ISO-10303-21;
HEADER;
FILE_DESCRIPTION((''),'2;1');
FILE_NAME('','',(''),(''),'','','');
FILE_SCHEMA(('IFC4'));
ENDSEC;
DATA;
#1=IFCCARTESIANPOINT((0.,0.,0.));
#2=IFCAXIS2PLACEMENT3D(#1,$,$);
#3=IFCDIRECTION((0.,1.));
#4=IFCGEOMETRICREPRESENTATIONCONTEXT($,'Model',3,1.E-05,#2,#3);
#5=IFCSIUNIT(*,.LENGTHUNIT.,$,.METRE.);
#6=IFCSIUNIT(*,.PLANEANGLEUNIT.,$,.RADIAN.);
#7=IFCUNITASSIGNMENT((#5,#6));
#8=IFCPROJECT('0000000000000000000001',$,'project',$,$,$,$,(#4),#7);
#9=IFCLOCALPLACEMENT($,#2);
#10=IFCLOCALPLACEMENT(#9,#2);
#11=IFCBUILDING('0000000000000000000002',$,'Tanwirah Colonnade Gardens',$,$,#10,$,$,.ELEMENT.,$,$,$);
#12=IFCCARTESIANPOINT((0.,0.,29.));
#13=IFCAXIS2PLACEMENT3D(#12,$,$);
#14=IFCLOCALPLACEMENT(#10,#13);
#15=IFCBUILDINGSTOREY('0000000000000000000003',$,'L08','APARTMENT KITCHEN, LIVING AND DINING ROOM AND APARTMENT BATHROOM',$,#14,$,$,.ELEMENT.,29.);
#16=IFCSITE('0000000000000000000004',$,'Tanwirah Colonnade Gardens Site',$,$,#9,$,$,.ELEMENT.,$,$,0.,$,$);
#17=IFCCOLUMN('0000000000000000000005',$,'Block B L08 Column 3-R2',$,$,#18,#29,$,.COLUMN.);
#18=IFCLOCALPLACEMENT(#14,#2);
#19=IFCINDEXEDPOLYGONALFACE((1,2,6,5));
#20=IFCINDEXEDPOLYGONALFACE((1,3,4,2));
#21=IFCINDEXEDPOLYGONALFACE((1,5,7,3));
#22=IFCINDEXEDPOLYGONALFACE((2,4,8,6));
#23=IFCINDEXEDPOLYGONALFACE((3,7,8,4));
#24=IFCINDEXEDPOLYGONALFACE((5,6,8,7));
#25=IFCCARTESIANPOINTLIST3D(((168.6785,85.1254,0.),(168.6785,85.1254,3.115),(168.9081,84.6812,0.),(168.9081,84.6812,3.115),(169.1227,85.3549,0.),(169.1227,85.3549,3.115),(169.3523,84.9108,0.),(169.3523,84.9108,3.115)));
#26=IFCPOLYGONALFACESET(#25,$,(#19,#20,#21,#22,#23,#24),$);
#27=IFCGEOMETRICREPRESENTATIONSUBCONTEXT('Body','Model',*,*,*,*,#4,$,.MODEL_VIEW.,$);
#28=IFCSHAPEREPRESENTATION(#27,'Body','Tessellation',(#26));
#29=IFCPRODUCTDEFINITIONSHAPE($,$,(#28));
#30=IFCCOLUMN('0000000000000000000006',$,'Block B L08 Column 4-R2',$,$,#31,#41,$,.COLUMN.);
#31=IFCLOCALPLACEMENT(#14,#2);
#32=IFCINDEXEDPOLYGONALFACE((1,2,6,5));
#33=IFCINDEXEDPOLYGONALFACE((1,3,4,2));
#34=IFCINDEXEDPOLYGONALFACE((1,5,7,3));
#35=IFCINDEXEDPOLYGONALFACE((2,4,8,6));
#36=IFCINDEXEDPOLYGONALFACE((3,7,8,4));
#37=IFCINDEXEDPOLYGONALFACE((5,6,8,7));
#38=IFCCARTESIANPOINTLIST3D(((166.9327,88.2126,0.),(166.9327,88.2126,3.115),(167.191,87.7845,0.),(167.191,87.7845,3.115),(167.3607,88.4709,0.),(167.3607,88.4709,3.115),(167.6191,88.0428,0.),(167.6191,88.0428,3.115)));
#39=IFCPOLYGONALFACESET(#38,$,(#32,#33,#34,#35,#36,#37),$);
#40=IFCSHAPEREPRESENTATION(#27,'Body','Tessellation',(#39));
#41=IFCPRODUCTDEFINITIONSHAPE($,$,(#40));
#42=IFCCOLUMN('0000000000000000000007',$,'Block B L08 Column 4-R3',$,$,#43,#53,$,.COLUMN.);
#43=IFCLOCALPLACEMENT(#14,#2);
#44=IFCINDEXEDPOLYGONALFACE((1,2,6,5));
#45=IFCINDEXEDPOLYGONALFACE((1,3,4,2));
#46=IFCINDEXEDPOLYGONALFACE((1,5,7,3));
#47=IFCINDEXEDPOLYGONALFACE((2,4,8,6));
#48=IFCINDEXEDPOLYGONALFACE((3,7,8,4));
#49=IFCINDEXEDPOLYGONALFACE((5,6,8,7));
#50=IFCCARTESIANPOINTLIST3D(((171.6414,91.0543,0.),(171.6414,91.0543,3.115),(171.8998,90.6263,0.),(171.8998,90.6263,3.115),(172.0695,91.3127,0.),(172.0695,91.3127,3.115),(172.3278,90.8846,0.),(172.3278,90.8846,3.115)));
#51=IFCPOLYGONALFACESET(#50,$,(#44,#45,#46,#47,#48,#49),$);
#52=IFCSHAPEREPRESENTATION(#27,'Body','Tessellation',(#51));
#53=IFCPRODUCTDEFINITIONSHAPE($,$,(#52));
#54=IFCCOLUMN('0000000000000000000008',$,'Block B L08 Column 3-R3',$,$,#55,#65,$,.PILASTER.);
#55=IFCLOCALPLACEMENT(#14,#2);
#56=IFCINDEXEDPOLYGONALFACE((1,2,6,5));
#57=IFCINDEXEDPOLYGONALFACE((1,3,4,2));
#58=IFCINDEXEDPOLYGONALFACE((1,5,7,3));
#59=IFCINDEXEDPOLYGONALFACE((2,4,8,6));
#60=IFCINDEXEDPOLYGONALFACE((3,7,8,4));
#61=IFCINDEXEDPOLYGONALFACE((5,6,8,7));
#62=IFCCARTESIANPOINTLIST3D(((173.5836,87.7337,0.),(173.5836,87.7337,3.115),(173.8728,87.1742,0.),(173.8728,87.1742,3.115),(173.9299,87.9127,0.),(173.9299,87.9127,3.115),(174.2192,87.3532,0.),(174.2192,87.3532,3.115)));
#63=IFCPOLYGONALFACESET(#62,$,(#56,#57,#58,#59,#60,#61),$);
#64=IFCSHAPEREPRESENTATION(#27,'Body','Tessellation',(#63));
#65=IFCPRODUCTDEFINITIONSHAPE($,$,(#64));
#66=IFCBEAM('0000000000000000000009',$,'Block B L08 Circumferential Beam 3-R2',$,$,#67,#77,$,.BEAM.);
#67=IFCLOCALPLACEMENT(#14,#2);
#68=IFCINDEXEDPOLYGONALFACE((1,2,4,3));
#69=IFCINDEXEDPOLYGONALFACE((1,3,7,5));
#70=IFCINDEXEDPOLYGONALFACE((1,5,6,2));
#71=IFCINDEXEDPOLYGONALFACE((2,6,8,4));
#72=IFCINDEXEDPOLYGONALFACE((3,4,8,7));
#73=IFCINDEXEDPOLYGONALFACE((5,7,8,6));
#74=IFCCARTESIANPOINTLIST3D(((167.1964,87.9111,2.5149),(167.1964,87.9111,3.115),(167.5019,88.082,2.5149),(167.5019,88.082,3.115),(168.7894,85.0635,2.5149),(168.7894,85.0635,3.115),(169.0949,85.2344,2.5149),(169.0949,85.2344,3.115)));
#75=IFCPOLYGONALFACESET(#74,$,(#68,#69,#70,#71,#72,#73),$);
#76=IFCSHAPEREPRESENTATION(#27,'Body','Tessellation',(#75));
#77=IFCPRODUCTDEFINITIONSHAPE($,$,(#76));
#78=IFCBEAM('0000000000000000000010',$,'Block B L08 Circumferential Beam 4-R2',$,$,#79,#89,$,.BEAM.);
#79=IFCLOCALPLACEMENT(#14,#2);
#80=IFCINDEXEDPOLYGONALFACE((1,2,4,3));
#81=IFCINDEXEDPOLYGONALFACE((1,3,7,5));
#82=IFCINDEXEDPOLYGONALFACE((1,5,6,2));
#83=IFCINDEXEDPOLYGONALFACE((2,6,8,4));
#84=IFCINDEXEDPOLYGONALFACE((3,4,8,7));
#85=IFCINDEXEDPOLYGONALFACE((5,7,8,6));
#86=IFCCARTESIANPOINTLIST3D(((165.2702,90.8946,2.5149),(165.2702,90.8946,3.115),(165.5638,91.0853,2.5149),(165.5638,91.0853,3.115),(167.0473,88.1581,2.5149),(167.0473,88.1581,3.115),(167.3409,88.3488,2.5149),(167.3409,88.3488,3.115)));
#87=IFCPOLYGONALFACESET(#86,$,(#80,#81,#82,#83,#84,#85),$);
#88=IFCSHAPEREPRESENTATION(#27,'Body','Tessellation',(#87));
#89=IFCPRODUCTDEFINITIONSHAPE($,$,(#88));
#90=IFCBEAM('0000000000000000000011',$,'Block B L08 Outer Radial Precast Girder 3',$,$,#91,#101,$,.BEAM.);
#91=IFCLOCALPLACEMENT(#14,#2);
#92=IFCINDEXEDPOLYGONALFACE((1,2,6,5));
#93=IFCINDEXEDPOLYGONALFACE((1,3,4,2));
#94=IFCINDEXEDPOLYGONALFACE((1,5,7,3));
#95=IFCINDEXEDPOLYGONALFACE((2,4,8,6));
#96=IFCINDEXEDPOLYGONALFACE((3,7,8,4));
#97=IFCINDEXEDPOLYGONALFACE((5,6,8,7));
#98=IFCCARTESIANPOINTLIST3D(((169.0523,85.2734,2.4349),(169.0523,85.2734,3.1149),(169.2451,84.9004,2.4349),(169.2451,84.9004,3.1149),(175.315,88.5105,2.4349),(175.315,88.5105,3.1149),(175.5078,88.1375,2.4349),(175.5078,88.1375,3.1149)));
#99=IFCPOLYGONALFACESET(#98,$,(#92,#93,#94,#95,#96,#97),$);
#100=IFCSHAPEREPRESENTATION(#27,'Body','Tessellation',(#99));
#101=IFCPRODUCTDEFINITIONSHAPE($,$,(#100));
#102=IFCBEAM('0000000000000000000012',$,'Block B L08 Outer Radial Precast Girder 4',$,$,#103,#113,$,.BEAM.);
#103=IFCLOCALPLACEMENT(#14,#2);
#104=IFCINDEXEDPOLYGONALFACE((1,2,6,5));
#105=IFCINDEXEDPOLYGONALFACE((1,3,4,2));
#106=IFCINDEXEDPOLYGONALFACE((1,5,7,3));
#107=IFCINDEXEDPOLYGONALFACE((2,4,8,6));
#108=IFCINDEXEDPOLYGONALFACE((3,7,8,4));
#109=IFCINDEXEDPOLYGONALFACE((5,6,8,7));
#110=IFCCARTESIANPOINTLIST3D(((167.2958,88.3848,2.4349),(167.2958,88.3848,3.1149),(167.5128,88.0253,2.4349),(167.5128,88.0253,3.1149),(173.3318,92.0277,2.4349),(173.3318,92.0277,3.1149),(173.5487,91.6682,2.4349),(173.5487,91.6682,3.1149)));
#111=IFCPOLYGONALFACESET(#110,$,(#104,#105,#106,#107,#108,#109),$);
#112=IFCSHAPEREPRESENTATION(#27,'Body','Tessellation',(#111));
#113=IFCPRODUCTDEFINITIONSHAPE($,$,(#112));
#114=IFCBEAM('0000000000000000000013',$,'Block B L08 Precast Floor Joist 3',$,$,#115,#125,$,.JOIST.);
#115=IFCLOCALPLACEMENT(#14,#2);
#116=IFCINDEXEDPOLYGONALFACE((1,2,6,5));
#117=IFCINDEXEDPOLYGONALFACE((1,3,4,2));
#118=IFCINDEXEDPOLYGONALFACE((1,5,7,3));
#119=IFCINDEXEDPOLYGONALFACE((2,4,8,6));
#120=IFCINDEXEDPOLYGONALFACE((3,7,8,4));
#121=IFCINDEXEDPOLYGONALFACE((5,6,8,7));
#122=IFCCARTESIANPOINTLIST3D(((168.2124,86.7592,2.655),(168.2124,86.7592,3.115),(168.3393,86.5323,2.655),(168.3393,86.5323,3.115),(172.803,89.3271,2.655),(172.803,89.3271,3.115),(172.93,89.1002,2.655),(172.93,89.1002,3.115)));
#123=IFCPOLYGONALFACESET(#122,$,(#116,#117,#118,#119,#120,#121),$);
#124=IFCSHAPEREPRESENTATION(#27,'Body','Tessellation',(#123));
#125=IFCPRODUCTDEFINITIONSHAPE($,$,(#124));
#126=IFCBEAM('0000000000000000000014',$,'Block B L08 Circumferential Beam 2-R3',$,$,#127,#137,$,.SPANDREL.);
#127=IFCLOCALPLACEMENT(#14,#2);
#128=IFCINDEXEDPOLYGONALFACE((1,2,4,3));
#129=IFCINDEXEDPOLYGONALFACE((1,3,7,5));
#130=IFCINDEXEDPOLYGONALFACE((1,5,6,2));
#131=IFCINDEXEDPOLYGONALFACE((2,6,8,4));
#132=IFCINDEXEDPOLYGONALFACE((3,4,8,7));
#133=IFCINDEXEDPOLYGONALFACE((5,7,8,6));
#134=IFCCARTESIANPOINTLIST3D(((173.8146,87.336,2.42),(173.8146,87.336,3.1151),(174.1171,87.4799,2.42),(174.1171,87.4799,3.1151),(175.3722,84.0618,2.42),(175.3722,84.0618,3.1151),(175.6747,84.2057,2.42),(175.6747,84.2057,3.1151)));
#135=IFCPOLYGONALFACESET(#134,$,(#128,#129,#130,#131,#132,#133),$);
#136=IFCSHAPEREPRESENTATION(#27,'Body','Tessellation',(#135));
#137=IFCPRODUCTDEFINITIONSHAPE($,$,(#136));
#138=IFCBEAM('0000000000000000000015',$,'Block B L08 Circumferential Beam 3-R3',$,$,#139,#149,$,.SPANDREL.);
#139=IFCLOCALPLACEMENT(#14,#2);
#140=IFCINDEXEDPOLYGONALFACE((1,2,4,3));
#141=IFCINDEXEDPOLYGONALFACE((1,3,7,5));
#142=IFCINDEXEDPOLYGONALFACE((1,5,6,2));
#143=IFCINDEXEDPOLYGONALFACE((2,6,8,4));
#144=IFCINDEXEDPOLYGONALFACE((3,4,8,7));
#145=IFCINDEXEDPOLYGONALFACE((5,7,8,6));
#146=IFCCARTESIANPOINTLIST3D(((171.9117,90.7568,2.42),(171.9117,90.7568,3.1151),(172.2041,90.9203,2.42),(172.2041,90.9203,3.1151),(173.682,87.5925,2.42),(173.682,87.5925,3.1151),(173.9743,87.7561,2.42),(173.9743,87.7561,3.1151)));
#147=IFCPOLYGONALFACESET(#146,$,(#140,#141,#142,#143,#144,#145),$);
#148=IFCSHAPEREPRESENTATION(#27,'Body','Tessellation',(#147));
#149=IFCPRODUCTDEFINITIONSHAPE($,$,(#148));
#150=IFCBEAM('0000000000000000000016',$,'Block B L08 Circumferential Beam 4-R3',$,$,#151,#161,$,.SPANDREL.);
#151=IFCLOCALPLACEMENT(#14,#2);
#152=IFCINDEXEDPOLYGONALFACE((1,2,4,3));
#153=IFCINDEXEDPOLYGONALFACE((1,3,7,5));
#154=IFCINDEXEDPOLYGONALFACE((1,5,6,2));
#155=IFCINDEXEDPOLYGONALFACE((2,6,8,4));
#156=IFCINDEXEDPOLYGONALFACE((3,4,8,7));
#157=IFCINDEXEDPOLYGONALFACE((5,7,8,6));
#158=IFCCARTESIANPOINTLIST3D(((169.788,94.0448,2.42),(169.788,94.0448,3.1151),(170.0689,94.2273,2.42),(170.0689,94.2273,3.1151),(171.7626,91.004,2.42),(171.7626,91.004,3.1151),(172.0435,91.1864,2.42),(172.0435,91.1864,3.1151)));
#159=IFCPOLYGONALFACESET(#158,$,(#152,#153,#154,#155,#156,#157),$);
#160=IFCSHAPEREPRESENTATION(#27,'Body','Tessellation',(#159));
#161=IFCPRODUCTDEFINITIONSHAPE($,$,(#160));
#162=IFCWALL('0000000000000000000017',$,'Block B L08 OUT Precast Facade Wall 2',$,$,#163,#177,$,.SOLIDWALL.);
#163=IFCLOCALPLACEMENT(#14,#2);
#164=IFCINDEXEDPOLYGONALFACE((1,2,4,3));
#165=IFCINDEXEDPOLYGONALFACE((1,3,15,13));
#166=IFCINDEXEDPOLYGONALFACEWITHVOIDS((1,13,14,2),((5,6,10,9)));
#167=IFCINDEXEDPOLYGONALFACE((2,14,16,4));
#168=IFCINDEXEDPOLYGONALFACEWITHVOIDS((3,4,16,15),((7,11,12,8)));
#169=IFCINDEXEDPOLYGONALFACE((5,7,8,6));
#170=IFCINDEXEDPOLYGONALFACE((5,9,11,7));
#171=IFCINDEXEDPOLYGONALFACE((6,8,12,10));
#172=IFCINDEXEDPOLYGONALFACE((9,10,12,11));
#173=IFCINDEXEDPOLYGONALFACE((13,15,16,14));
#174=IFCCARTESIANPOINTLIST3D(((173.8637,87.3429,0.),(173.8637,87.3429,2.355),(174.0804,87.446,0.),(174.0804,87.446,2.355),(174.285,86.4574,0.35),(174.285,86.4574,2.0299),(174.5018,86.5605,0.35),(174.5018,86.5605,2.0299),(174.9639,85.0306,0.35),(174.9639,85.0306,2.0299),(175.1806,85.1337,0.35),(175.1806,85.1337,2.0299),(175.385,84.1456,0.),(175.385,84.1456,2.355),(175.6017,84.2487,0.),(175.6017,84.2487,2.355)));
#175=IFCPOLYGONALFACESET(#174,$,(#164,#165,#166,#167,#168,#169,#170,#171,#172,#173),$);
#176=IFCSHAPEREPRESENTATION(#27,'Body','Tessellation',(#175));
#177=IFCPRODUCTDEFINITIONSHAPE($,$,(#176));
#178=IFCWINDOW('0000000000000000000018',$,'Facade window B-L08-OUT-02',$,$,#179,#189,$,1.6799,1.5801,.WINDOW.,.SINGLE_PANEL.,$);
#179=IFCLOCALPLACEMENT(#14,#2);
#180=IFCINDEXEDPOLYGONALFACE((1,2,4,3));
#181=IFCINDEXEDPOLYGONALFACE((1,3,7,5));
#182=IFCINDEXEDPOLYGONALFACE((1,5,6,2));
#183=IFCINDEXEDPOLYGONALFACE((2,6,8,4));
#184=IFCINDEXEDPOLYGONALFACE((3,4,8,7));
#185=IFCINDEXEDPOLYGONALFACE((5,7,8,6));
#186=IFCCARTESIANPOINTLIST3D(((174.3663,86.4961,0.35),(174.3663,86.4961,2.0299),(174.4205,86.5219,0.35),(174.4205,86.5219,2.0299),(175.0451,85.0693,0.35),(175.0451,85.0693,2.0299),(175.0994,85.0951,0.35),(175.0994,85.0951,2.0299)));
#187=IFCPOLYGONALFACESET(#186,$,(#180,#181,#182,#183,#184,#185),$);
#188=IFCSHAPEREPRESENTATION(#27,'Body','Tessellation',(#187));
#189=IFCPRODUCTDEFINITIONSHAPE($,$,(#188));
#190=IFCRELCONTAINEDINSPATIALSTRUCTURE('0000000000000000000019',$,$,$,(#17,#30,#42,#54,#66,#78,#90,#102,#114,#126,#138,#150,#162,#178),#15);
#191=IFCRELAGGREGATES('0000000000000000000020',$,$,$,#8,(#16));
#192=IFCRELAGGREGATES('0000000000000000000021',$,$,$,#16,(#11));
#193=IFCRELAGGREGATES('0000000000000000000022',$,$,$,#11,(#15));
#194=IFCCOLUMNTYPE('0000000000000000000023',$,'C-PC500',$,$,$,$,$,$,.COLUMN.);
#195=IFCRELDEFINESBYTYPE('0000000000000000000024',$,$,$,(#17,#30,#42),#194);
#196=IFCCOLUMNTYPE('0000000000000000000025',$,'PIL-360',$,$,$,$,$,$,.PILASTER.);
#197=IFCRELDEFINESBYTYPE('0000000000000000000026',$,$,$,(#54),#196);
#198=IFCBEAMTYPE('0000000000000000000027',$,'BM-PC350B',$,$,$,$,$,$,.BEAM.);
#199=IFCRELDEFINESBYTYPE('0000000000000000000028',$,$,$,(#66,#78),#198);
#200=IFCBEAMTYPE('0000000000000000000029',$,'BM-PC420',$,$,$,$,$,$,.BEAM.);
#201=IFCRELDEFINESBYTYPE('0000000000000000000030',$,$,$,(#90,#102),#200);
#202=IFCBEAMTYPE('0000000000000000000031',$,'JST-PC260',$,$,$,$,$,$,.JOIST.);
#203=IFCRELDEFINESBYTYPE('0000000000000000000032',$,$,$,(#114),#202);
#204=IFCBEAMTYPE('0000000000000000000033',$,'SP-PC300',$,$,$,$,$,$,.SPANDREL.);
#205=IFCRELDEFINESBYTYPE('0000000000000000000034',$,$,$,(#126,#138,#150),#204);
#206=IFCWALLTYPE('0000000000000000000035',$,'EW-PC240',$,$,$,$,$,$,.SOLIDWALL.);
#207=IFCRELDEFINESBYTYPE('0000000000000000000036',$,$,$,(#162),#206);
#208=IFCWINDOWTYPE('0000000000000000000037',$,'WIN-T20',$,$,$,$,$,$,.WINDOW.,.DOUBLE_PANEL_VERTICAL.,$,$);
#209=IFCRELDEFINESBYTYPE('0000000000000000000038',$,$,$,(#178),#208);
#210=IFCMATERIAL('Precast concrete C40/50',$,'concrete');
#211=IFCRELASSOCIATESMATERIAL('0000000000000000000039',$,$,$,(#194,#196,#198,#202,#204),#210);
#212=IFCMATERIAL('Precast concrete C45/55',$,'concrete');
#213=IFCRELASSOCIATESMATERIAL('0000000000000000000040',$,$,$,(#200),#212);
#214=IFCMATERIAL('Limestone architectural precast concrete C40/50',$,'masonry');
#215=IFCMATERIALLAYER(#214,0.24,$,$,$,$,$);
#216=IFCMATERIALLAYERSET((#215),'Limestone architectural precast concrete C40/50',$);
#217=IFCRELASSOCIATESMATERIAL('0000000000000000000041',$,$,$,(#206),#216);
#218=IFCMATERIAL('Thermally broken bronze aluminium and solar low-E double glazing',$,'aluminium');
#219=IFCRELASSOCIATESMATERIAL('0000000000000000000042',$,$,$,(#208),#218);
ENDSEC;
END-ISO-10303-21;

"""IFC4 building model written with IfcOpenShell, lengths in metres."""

from ifc_helpers import new_model, si_unit, direction, frame, frame_2d, origin, origin_2d, place, context, subcontext, project, spatial, rectangle, extrude, material, layer, layer_set, material_profile, profile_set, type_object, element, fill, save


model = new_model("IFC4")

# Units and contexts
model_context = context("Model", 3, precision=1e-05, world=origin(), true_north=direction((0.0, 1.0)))
body_context = subcontext(model_context, "Body", "Model", "MODEL_VIEW")
ifc_project = project(units=[si_unit("LENGTHUNIT", "METRE"), si_unit("PLANEANGLEUNIT", "RADIAN")], contexts=[model_context])

# Site, building, storey
site_placement = place(None, origin())
site = spatial("IfcSite", under=ifc_project, at=site_placement, Name="Tanwirah Colonnade Gardens Site", CompositionType="ELEMENT", RefElevation=0.0)
building_placement = place(site_placement, origin())
building = spatial("IfcBuilding", under=site, at=building_placement, Name="Tanwirah Colonnade Gardens", CompositionType="ELEMENT")
storey_placement = place(building_placement, frame((0.0, 0.0, 29.0)))
storey = spatial("IfcBuildingStorey", under=building, at=storey_placement, Name="L08", Description="APARTMENT KITCHEN, LIVING AND DINING ROOM AND APARTMENT BATHROOM", CompositionType="ELEMENT", Elevation=29.0)

# Columns
ifc_material_1 = material(Name="Precast concrete C40/50", Category="concrete")
ifc_material_profile_1 = material_profile(ifc_material_1, rectangle(XDim=0.5, YDim=0.5, at=origin_2d()), Name="PC-COL 500x500")
ifc_profile_set_1 = profile_set([ifc_material_profile_1], Name="Precast concrete C40/50")
column_type_1 = type_object("IfcColumnType", Name="C-PC500", PredefinedType="COLUMN", material=ifc_profile_set_1)
for number, where, z_axis, x_axis, name in (
    (1, (169.0154, 85.0181, 0.0), (0.0, 0.0, 1.0), (0.88835, 0.459166, 0.0), "Block B L08 Column 3-R2"),
    (2, (167.2759, 88.1277, 0.0), (0.0, 0.0, 1.0), (0.856167, 0.516699, 0.0), "Block B L08 Column 4-R2"),
    (3, (171.9846, 90.9695, 0.0), (0.0, 0.0, 1.0), (0.856167, 0.516699, 0.0), "Block B L08 Column 4-R3"),
):
    element("IfcColumn", number, at=place(storey_placement, frame(where, z_axis=z_axis, x_axis=x_axis)), inside=storey, type_object=column_type_1, Name=name, PredefinedType="COLUMN", context=body_context, shape_type="SweptSolid", body=[
        extrude(rectangle(XDim=0.5, YDim=0.5, at=origin_2d()), origin(), (0.0, 0.0, 1.0), 3.115),
    ])
ifc_material_profile_2 = material_profile(ifc_material_1, rectangle(XDim=0.3899, YDim=0.6299, at=origin_2d()), Name="PC-PIL 390x630")
ifc_profile_set_2 = profile_set([ifc_material_profile_2], Name="Precast concrete C40/50")
column_type_2 = type_object("IfcColumnType", Name="PIL-360", PredefinedType="PILASTER", material=ifc_profile_set_2)
column_placement = place(storey_placement, frame((173.9014, 87.5435, 0.0), z_axis=(0.0, 0.0, 1.0), x_axis=(0.88835, 0.459166, 0.0)))
element("IfcColumn", 4, at=column_placement, inside=storey, type_object=column_type_2, Name="Block B L08 Column 3-R3", PredefinedType="PILASTER", context=body_context, shape_type="SweptSolid", body=[
    extrude(rectangle(XDim=0.3899, YDim=0.6299, at=origin_2d()), origin(), (0.0, 0.0, 1.0), 3.115),
])

# Beams
ifc_material_profile_3 = material_profile(ifc_material_1, rectangle(XDim=0.3501, YDim=0.6001, at=origin_2d()), Name="PC-BM 350x600")
ifc_profile_set_3 = profile_set([ifc_material_profile_3], Name="Precast concrete C40/50")
beam_type_1 = type_object("IfcBeamType", Name="BM-PC350B", PredefinedType="BEAM", material=ifc_profile_set_3)
for number, where, z_axis, x_axis, name in (
    (5, (168.9421, 85.1489, 2.8149), (-0.488214, 0.872724, 0.0), (-0.872724, -0.488214, 0.0), "Block B L08 Circumferential Beam 3-R2"),
    (6, (167.1941, 88.2534, 2.8149), (-0.544628, 0.838678, 0.0), (-0.838678, -0.544628, 0.0), "Block B L08 Circumferential Beam 4-R2"),
):
    element("IfcBeam", number, at=place(storey_placement, frame(where, z_axis=z_axis, x_axis=x_axis)), inside=storey, type_object=beam_type_1, Name=name, PredefinedType="BEAM", context=body_context, shape_type="SweptSolid", body=[
        extrude(rectangle(XDim=0.3501, YDim=0.6001, at=origin_2d()), origin(), (0.0, 0.0, 1.0), 3.2629),
    ])
ifc_material_2 = material(Name="Precast concrete C45/55", Category="concrete")
ifc_material_profile_4 = material_profile(ifc_material_2, rectangle(XDim=0.4199, YDim=0.6799, at=origin_2d()), Name="PC-BM 420x680")
ifc_profile_set_4 = profile_set([ifc_material_profile_4], Name="Precast concrete C45/55")
beam_type_2 = type_object("IfcBeamType", Name="BM-PC420", PredefinedType="BEAM", material=ifc_profile_set_4)
beam_1_placement = place(storey_placement, frame((169.1487, 85.0869, 2.7749), z_axis=(0.888349, 0.459169, 0.0), x_axis=(-0.459169, 0.888349, 0.0)))
element("IfcBeam", 7, at=beam_1_placement, inside=storey, type_object=beam_type_2, Name="Block B L08 Outer Radial Precast Girder 3", PredefinedType="BEAM", context=body_context, shape_type="SweptSolid", body=[
    extrude(rectangle(XDim=0.4199, YDim=0.6799, at=origin_2d()), origin(), (0.0, 0.0, 1.0), 7.0498),
])
beam_2_placement = place(storey_placement, frame((167.4043, 88.2051, 2.7749), z_axis=(0.856158, 0.516714, 0.0), x_axis=(-0.516714, 0.856158, 0.0)))
element("IfcBeam", 8, at=beam_2_placement, inside=storey, type_object=beam_type_2, Name="Block B L08 Outer Radial Precast Girder 4", PredefinedType="BEAM", context=body_context, shape_type="SweptSolid", body=[
    extrude(rectangle(XDim=0.4199, YDim=0.6799, at=origin_2d()), origin(), (0.0, 0.0, 1.0), 7.05),
])
ifc_material_profile_5 = material_profile(ifc_material_1, rectangle(XDim=0.26, YDim=0.46, at=origin_2d()), Name="PC-JST 260x460")
ifc_profile_set_5 = profile_set([ifc_material_profile_5], Name="Precast concrete C40/50")
beam_type_3 = type_object("IfcBeamType", Name="JST-PC260", PredefinedType="JOIST", material=ifc_profile_set_5)
beam_3_placement = place(storey_placement, frame((168.2759, 86.6458, 2.885), z_axis=(0.872737, 0.488191, 0.0), x_axis=(-0.488191, 0.872737, 0.0)))
element("IfcBeam", 9, at=beam_3_placement, inside=storey, type_object=beam_type_3, Name="Block B L08 Precast Floor Joist 3", PredefinedType="JOIST", context=body_context, shape_type="SweptSolid", body=[
    extrude(rectangle(XDim=0.26, YDim=0.46, at=origin_2d()), origin(), (0.0, 0.0, 1.0), 5.26),
])
ifc_material_profile_6 = material_profile(ifc_material_1, rectangle(XDim=0.335, YDim=0.6951, at=origin_2d()), Name="PC-SP 335x695")
ifc_profile_set_6 = profile_set([ifc_material_profile_6], Name="Precast concrete C40/50")
beam_type_4 = type_object("IfcBeamType", Name="SP-PC300", PredefinedType="SPANDREL", material=ifc_profile_set_6)
for number, where, z_axis, x_axis, name in (
    (10, (175.5234, 84.1338, 2.7676), (-0.429594, 0.903022, 0.0), (-0.903022, -0.429594, 0.0), "Block B L08 Circumferential Beam 2-R3"),
    (11, (173.8281, 87.6743, 2.7676), (-0.488236, 0.872711, 0.0), (-0.872711, -0.488236, 0.0), "Block B L08 Circumferential Beam 3-R3"),
    (12, (171.9031, 91.0952, 2.7676), (-0.544621, 0.838682, 0.0), (-0.838682, -0.544621, 0.0), "Block B L08 Circumferential Beam 4-R3"),
):
    element("IfcBeam", number, at=place(storey_placement, frame(where, z_axis=z_axis, x_axis=x_axis)), inside=storey, type_object=beam_type_4, Name=name, PredefinedType="SPANDREL", context=body_context, shape_type="SweptSolid", body=[
        extrude(rectangle(XDim=0.335, YDim=0.6951, at=origin_2d()), origin(), (0.0, 0.0, 1.0), 3.6257),
    ])

# Wall, opening, window
ifc_material_3 = material(Name="Limestone architectural precast concrete C40/50", Category="masonry")
ifc_layer_1 = layer(ifc_material_3, 0.24)
ifc_layer_set_1 = layer_set([ifc_layer_1], Name="Limestone architectural precast concrete C40/50")
wall_type_1 = type_object("IfcWallType", Name="EW-PC240", PredefinedType="SOLIDWALL", material=ifc_layer_set_1)
wall_1_placement = place(storey_placement, frame((175.4934, 84.197, 0.0), z_axis=(0.0, 0.0, 1.0), x_axis=(-0.429642, 0.902999, 0.0)))
wall_1 = element("IfcWall", 13, at=wall_1_placement, inside=storey, type_object=wall_type_1, Name="Block B L08 OUT Precast Facade Wall 2", PredefinedType="SOLIDWALL", context=body_context, shape_type="SweptSolid", body=[
    extrude(rectangle(XDim=3.5408, YDim=0.24, at=frame_2d((1.7705, 0.0))), origin(), (0.0, 0.0, 1.0), 2.355),
])
opening_1_placement = place(wall_1_placement, frame((0.9802, 0.0, 0.3501)))
opening_1 = element("IfcOpeningElement", 14, at=opening_1_placement, cuts=wall_1, PredefinedType="OPENING", context=body_context, shape_type="SweptSolid", body=[
    extrude(rectangle(XDim=1.5801, YDim=1.6799, at=frame_2d((0.79, 0.8398))), frame((0.0, 0.1299, 0.0), z_axis=(0.0, -1.0, 0.0), x_axis=(1.0, 0.0, 0.0)), (0.0, 0.0, 1.0), 0.26),
])
ifc_material_4 = material(Name="Thermally broken bronze aluminium and solar low-E double glazing", Category="aluminium")
window_type_1 = type_object("IfcWindowType", Name="WIN-T20", PartitioningType="DOUBLE_PANEL_VERTICAL", PredefinedType="WINDOW", material=ifc_material_4)
window_1_placement = place(opening_1_placement, origin())
window_1 = element("IfcWindow", 15, at=window_1_placement, inside=storey, type_object=window_type_1, Name="Facade window B-L08-OUT-02", OverallHeight=1.6799, OverallWidth=1.5801, PartitioningType="SINGLE_PANEL", PredefinedType="WINDOW", context=body_context, shape_type="SweptSolid", body=[
    extrude(rectangle(XDim=1.5801, YDim=1.6799, at=frame_2d((0.79, 0.8398))), frame((0.0, 0.03, 0.0), z_axis=(0.0, -1.0, 0.0), x_axis=(1.0, 0.0, 0.0)), (0.0, 0.0, 1.0), 0.0601),
])
fill(opening_1, window_1)

save(model, "model.ifc")
